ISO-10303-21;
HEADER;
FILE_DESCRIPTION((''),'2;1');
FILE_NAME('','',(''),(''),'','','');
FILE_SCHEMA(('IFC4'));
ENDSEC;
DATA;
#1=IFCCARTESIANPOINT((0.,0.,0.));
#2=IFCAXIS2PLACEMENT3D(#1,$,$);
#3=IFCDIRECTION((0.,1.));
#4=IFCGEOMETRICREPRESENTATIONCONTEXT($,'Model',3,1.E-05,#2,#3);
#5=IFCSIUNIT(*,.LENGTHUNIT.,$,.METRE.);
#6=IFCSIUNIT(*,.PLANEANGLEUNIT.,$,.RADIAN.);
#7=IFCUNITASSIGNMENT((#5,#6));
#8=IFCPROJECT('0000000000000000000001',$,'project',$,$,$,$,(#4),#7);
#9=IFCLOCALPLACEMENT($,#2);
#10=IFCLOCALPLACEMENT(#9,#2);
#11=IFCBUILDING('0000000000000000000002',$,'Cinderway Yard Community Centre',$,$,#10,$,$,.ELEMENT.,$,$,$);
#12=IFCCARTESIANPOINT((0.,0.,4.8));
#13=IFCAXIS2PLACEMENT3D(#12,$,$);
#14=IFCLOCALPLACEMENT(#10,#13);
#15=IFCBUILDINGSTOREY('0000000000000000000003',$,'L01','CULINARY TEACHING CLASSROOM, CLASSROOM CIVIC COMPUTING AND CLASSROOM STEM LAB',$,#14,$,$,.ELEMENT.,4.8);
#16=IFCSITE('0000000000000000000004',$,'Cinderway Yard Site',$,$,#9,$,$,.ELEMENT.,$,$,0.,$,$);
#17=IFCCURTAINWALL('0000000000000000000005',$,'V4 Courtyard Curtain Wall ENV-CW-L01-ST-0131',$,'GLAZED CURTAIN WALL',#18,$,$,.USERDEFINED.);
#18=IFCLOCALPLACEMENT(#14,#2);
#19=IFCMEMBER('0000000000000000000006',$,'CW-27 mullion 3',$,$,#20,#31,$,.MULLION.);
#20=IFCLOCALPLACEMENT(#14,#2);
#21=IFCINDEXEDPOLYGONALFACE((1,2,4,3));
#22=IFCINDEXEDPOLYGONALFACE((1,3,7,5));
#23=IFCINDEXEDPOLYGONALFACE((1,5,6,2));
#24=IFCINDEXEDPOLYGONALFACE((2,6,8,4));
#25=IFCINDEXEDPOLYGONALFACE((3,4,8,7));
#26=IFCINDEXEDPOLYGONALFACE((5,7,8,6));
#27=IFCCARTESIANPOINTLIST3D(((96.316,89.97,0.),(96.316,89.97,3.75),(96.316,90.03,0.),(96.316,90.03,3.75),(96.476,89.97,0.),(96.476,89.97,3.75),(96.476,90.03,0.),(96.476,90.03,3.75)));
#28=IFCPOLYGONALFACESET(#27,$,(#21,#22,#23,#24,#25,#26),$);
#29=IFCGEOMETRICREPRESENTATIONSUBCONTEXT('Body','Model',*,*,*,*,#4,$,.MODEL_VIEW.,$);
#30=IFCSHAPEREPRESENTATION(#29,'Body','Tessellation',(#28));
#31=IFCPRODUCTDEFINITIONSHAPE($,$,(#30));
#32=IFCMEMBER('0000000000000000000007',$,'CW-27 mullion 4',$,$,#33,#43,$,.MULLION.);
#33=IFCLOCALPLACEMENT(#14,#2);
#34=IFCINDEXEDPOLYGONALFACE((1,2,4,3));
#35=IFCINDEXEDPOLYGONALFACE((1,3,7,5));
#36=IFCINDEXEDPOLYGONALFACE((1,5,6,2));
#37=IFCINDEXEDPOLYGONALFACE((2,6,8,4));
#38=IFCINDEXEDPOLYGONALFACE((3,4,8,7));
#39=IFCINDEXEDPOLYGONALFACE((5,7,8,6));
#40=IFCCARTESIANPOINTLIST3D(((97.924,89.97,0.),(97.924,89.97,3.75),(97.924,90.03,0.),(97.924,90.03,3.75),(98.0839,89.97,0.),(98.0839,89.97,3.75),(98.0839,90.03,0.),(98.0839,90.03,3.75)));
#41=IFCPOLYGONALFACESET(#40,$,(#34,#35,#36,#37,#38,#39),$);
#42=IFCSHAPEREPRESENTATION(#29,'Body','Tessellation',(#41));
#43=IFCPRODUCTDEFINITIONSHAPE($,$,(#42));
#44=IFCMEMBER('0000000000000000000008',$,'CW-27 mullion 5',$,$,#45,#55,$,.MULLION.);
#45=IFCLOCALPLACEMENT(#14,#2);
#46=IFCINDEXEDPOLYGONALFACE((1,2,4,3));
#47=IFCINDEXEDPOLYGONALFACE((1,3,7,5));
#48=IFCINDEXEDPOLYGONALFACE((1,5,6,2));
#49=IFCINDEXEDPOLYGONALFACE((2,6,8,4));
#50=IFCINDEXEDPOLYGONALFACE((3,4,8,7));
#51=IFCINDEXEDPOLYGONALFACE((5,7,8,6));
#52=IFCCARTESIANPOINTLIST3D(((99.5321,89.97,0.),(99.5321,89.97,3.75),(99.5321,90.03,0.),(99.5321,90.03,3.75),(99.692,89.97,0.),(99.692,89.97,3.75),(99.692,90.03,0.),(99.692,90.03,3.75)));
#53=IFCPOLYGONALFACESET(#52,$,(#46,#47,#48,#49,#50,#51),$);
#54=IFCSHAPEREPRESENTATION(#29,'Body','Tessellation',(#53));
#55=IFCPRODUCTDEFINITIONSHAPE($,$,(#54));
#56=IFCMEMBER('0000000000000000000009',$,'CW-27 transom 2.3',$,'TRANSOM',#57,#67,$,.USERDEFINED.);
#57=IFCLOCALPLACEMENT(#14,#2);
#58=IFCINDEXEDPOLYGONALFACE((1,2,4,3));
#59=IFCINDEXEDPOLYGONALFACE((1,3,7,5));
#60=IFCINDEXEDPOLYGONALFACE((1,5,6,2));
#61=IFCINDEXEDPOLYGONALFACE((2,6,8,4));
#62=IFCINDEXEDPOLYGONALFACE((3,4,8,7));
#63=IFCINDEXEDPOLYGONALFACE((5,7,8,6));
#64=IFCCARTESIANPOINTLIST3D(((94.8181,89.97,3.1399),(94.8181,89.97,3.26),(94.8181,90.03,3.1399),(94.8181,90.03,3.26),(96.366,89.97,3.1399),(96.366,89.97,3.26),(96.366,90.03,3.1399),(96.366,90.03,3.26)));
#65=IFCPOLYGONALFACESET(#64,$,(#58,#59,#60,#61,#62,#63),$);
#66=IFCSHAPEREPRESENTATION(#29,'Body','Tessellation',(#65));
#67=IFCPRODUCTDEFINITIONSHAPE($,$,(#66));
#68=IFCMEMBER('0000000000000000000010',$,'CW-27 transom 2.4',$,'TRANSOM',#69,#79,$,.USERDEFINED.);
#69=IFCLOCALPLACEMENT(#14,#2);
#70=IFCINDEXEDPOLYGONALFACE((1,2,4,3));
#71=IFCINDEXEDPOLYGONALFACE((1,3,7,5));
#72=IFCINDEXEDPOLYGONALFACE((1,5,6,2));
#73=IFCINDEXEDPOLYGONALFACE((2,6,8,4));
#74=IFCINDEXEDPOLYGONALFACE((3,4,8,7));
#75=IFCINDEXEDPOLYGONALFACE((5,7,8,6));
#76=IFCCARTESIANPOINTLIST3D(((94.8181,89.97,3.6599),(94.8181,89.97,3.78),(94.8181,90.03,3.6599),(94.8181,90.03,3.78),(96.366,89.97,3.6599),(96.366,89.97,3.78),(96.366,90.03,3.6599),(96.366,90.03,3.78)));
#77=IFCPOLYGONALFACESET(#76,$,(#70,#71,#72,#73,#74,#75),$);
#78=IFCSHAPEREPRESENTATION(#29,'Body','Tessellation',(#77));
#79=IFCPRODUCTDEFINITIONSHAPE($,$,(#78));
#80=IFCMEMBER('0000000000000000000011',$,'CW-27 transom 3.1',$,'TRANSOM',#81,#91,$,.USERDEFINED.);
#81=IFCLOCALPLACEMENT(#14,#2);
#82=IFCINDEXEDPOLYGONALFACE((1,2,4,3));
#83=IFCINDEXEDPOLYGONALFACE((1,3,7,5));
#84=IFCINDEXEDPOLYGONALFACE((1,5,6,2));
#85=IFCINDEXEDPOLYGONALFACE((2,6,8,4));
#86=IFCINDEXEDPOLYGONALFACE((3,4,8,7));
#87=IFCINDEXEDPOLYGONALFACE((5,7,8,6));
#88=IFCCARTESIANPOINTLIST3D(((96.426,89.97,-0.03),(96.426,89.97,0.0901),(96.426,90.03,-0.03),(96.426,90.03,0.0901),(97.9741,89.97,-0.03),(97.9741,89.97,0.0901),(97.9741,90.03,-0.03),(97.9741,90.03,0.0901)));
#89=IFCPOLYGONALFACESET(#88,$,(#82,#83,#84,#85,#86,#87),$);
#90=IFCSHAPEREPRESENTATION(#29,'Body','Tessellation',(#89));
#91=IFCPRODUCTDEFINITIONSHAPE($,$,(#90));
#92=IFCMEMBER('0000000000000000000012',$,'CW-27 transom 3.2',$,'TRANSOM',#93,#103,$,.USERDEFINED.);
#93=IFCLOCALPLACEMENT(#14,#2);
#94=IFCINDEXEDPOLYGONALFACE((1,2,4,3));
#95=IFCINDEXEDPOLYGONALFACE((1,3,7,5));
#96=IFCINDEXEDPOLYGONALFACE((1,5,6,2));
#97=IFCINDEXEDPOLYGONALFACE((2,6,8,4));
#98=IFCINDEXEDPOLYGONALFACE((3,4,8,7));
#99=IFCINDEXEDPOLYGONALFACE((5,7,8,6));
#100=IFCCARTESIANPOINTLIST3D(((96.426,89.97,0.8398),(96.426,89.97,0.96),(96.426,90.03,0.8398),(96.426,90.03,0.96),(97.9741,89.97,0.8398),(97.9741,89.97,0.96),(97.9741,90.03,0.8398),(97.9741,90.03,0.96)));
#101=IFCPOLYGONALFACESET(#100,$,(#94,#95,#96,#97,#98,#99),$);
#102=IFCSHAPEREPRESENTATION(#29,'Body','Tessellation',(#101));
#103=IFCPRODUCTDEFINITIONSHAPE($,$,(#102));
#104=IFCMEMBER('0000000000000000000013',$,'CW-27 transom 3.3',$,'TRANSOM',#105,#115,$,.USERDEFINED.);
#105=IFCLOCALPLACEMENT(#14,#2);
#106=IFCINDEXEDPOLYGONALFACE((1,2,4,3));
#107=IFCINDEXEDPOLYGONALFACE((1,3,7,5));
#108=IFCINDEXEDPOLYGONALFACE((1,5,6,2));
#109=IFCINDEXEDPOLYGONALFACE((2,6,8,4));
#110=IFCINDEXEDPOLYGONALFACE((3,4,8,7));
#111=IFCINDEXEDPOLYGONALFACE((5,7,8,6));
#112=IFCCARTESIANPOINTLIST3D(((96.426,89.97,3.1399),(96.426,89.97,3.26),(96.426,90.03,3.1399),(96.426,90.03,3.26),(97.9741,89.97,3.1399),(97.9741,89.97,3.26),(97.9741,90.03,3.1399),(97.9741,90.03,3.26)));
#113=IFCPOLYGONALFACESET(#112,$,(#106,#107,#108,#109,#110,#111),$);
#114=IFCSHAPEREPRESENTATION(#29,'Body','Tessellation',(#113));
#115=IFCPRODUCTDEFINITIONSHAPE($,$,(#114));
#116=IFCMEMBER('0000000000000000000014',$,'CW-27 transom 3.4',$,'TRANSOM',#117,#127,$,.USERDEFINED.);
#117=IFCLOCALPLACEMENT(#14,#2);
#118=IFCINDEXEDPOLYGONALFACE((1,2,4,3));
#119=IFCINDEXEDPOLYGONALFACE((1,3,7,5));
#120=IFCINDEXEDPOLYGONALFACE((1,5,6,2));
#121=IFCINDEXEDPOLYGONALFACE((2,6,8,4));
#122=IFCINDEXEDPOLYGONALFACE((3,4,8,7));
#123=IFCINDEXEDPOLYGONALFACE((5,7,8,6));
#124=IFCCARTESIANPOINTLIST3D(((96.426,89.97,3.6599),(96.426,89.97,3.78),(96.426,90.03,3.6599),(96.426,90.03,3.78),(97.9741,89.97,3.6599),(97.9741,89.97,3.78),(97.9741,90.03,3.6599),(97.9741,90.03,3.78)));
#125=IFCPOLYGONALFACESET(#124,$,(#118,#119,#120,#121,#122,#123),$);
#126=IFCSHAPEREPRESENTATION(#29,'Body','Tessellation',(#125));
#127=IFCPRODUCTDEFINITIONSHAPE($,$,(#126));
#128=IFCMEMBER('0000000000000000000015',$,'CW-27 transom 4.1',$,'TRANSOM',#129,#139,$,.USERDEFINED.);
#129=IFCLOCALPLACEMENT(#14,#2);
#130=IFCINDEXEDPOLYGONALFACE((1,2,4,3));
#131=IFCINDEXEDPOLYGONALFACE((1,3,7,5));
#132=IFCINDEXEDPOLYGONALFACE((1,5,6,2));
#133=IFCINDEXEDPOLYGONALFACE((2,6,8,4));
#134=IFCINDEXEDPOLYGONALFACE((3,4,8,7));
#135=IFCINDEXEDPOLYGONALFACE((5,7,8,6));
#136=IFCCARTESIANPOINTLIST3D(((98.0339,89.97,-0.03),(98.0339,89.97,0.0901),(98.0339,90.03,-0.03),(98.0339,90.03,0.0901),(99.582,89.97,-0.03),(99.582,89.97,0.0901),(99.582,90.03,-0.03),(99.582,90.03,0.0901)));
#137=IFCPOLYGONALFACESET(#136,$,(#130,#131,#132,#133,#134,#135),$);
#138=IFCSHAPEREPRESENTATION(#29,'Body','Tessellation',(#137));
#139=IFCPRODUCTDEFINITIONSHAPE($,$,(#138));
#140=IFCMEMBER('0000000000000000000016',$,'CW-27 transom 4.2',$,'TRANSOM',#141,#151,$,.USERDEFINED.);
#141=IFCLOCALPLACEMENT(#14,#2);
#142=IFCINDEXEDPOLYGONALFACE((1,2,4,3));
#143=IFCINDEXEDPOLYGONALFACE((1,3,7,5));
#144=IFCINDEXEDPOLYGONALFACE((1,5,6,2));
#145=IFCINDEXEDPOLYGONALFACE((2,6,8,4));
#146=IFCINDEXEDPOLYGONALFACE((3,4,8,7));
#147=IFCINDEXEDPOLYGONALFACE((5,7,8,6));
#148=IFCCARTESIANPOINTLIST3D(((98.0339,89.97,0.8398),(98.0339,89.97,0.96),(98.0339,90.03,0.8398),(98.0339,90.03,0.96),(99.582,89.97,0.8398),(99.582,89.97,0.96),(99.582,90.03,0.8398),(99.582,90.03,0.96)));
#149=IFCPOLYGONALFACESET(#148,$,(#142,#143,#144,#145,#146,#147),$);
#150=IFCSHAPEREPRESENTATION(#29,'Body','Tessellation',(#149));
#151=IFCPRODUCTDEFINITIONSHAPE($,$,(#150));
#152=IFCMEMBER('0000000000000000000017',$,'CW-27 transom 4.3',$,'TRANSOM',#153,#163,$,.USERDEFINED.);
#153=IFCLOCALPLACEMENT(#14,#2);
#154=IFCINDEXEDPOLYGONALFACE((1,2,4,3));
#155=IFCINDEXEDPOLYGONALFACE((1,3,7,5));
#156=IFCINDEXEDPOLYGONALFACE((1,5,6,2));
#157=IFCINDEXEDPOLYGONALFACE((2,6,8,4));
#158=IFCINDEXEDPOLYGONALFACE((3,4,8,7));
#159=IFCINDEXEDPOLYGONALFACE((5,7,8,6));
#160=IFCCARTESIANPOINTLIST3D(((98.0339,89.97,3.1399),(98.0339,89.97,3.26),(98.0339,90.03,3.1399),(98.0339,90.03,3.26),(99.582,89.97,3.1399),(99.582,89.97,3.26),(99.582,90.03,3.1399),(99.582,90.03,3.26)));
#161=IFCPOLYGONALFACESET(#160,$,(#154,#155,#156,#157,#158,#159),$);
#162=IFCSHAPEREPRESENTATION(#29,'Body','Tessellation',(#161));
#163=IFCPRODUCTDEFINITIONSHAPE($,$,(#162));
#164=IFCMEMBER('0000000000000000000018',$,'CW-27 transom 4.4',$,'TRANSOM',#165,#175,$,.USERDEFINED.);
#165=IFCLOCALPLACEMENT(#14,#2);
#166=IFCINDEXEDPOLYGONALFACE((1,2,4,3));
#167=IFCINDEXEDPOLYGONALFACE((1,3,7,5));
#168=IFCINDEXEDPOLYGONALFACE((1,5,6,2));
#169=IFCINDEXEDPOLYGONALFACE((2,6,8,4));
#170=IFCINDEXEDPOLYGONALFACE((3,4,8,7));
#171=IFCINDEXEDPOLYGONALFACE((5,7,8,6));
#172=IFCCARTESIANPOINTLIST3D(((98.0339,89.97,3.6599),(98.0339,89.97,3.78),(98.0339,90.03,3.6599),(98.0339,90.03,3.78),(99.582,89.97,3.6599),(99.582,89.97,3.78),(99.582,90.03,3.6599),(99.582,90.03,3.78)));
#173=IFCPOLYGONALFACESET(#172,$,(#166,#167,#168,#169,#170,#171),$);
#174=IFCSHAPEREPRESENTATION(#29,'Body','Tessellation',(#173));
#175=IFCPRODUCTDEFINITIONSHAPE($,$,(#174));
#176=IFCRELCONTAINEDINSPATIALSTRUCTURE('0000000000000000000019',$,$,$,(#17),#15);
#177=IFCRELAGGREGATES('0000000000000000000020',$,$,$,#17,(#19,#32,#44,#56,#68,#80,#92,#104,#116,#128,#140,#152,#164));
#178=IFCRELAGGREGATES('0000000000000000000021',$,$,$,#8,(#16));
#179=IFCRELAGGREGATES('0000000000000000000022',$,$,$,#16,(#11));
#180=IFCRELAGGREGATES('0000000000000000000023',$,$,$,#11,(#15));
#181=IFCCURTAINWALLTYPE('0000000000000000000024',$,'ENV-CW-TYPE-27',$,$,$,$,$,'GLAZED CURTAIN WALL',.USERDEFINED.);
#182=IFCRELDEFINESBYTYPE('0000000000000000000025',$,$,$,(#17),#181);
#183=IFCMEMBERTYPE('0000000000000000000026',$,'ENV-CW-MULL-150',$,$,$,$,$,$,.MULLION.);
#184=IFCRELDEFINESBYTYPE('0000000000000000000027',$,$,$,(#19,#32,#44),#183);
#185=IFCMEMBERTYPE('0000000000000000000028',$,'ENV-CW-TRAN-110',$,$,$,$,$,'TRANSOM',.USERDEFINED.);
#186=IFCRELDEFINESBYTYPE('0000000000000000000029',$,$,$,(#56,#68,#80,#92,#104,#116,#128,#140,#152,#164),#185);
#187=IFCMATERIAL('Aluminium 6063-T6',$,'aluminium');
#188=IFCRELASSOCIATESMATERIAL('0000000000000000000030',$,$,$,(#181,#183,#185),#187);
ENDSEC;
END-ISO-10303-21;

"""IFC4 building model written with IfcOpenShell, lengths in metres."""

from ifc_helpers import new_model, si_unit, direction, frame, origin, origin_2d, place, context, subcontext, project, spatial, rectangle, extrude, material, material_profile, profile_set, type_object, element, aggregate, save


model = new_model("IFC4")

# Units and contexts
model_context = context("Model", 3, precision=1e-05, world=origin(), true_north=direction((0.0, 1.0)))
body_context = subcontext(model_context, "Body", "Model", "MODEL_VIEW")
ifc_project = project(units=[si_unit("LENGTHUNIT", "METRE"), si_unit("PLANEANGLEUNIT", "RADIAN")], contexts=[model_context])

# Site, building, storey
site_placement = place(None, origin())
site = spatial("IfcSite", under=ifc_project, at=site_placement, Name="Cinderway Yard Site", CompositionType="ELEMENT", RefElevation=0.0)
building_placement = place(site_placement, origin())
building = spatial("IfcBuilding", under=site, at=building_placement, Name="Cinderway Yard Community Centre", CompositionType="ELEMENT")
storey_placement = place(building_placement, frame((0.0, 0.0, 4.8)))
storey = spatial("IfcBuildingStorey", under=building, at=storey_placement, Name="L01", Description="CULINARY TEACHING CLASSROOM, CLASSROOM CIVIC COMPUTING AND CLASSROOM STEM LAB", CompositionType="ELEMENT", Elevation=4.8)

# Curtain wall, members
ifc_material_1 = material(Name="Aluminium 6063-T6", Category="aluminium")
curtain_wall_type = type_object("IfcCurtainWallType", Name="ENV-CW-TYPE-27", ElementType="GLAZED CURTAIN WALL", PredefinedType="USERDEFINED", material=ifc_material_1)
curtain_wall_placement = place(storey_placement, origin())
curtain_wall = element("IfcCurtainWall", 1, at=curtain_wall_placement, inside=storey, type_object=curtain_wall_type, Name="V4 Courtyard Curtain Wall ENV-CW-L01-ST-0131", ObjectType="GLAZED CURTAIN WALL", PredefinedType="USERDEFINED")
ifc_material_profile_1 = material_profile(ifc_material_1, rectangle(XDim=0.0601, YDim=0.1599, at=origin_2d()), Name="Aluminium 6063-T6")
ifc_profile_set_1 = profile_set([ifc_material_profile_1], Name="Aluminium 6063-T6")
member_type_1 = type_object("IfcMemberType", Name="ENV-CW-MULL-150", PredefinedType="MULLION", material=ifc_profile_set_1)
member_1_placement = place(storey_placement, frame((96.396, 90.0, 0.0), z_axis=(0.0, 0.0, 1.0), x_axis=(0.0, 1.0, 0.0)))
member_1 = element("IfcMember", 2, at=member_1_placement, type_object=member_type_1, Name="CW-27 mullion 3", PredefinedType="MULLION", context=body_context, shape_type="SweptSolid", body=[
    extrude(rectangle(XDim=0.0601, YDim=0.1599, at=origin_2d()), origin(), (0.0, 0.0, 1.0), 3.75),
])
member_2_placement = place(storey_placement, frame((98.0039, 90.0, 0.0), z_axis=(0.0, 0.0, 1.0), x_axis=(0.0, 1.0, 0.0)))
member_2 = element("IfcMember", 3, at=member_2_placement, type_object=member_type_1, Name="CW-27 mullion 4", PredefinedType="MULLION", context=body_context, shape_type="SweptSolid", body=[
    extrude(rectangle(XDim=0.0601, YDim=0.1599, at=origin_2d()), origin(), (0.0, 0.0, 1.0), 3.75),
])
member_3_placement = place(storey_placement, frame((99.6121, 90.0, 0.0), z_axis=(0.0, 0.0, 1.0), x_axis=(0.0, 1.0, 0.0)))
member_3 = element("IfcMember", 4, at=member_3_placement, type_object=member_type_1, Name="CW-27 mullion 5", PredefinedType="MULLION", context=body_context, shape_type="SweptSolid", body=[
    extrude(rectangle(XDim=0.0601, YDim=0.1599, at=origin_2d()), origin(), (0.0, 0.0, 1.0), 3.75),
])
ifc_material_profile_2 = material_profile(ifc_material_1, rectangle(XDim=0.0601, YDim=0.1201, at=origin_2d()), Name="Aluminium 6063-T6")
ifc_profile_set_2 = profile_set([ifc_material_profile_2], Name="Aluminium 6063-T6")
member_type_2 = type_object("IfcMemberType", Name="ENV-CW-TRAN-110", ElementType="TRANSOM", PredefinedType="USERDEFINED", material=ifc_profile_set_2)
member_4_placement = place(storey_placement, frame((94.8181, 90.0, 3.2), z_axis=(1.0, 0.0, 0.0), x_axis=(0.0, 1.0, 0.0)))
member_4 = element("IfcMember", 5, at=member_4_placement, type_object=member_type_2, Name="CW-27 transom 2.3", ObjectType="TRANSOM", PredefinedType="USERDEFINED", context=body_context, shape_type="SweptSolid", body=[
    extrude(rectangle(XDim=0.0601, YDim=0.1201, at=origin_2d()), origin(), (0.0, 0.0, 1.0), 1.5479),
])
member_5_placement = place(storey_placement, frame((94.8181, 90.0, 3.72), z_axis=(1.0, 0.0, 0.0), x_axis=(0.0, 1.0, 0.0)))
member_5 = element("IfcMember", 6, at=member_5_placement, type_object=member_type_2, Name="CW-27 transom 2.4", ObjectType="TRANSOM", PredefinedType="USERDEFINED", context=body_context, shape_type="SweptSolid", body=[
    extrude(rectangle(XDim=0.0601, YDim=0.1201, at=origin_2d()), origin(), (0.0, 0.0, 1.0), 1.5479),
])
member_6_placement = place(storey_placement, frame((96.426, 90.0, 0.03), z_axis=(1.0, 0.0, 0.0), x_axis=(0.0, 1.0, 0.0)))
member_6 = element("IfcMember", 7, at=member_6_placement, type_object=member_type_2, Name="CW-27 transom 3.1", ObjectType="TRANSOM", PredefinedType="USERDEFINED", context=body_context, shape_type="SweptSolid", body=[
    extrude(rectangle(XDim=0.0601, YDim=0.1201, at=origin_2d()), origin(), (0.0, 0.0, 1.0), 1.5481),
])
member_7_placement = place(storey_placement, frame((96.426, 90.0, 0.8999), z_axis=(1.0, 0.0, 0.0), x_axis=(0.0, 1.0, 0.0)))
member_7 = element("IfcMember", 8, at=member_7_placement, type_object=member_type_2, Name="CW-27 transom 3.2", ObjectType="TRANSOM", PredefinedType="USERDEFINED", context=body_context, shape_type="SweptSolid", body=[
    extrude(rectangle(XDim=0.0601, YDim=0.1201, at=origin_2d()), origin(), (0.0, 0.0, 1.0), 1.5481),
])
member_8_placement = place(storey_placement, frame((96.426, 90.0, 3.2), z_axis=(1.0, 0.0, 0.0), x_axis=(0.0, 1.0, 0.0)))
member_8 = element("IfcMember", 9, at=member_8_placement, type_object=member_type_2, Name="CW-27 transom 3.3", ObjectType="TRANSOM", PredefinedType="USERDEFINED", context=body_context, shape_type="SweptSolid", body=[
    extrude(rectangle(XDim=0.0601, YDim=0.1201, at=origin_2d()), origin(), (0.0, 0.0, 1.0), 1.5481),
])
member_9_placement = place(storey_placement, frame((96.426, 90.0, 3.72), z_axis=(1.0, 0.0, 0.0), x_axis=(0.0, 1.0, 0.0)))
member_9 = element("IfcMember", 10, at=member_9_placement, type_object=member_type_2, Name="CW-27 transom 3.4", ObjectType="TRANSOM", PredefinedType="USERDEFINED", context=body_context, shape_type="SweptSolid", body=[
    extrude(rectangle(XDim=0.0601, YDim=0.1201, at=origin_2d()), origin(), (0.0, 0.0, 1.0), 1.5481),
])
member_10_placement = place(storey_placement, frame((98.0339, 90.0, 0.03), z_axis=(1.0, 0.0, 0.0), x_axis=(0.0, 1.0, 0.0)))
member_10 = element("IfcMember", 11, at=member_10_placement, type_object=member_type_2, Name="CW-27 transom 4.1", ObjectType="TRANSOM", PredefinedType="USERDEFINED", context=body_context, shape_type="SweptSolid", body=[
    extrude(rectangle(XDim=0.0601, YDim=0.1201, at=origin_2d()), origin(), (0.0, 0.0, 1.0), 1.5481),
])
member_11_placement = place(storey_placement, frame((98.0339, 90.0, 0.8999), z_axis=(1.0, 0.0, 0.0), x_axis=(0.0, 1.0, 0.0)))
member_11 = element("IfcMember", 12, at=member_11_placement, type_object=member_type_2, Name="CW-27 transom 4.2", ObjectType="TRANSOM", PredefinedType="USERDEFINED", context=body_context, shape_type="SweptSolid", body=[
    extrude(rectangle(XDim=0.0601, YDim=0.1201, at=origin_2d()), origin(), (0.0, 0.0, 1.0), 1.5481),
])
member_12_placement = place(storey_placement, frame((98.0339, 90.0, 3.2), z_axis=(1.0, 0.0, 0.0), x_axis=(0.0, 1.0, 0.0)))
member_12 = element("IfcMember", 13, at=member_12_placement, type_object=member_type_2, Name="CW-27 transom 4.3", ObjectType="TRANSOM", PredefinedType="USERDEFINED", context=body_context, shape_type="SweptSolid", body=[
    extrude(rectangle(XDim=0.0601, YDim=0.1201, at=origin_2d()), origin(), (0.0, 0.0, 1.0), 1.5481),
])
member_13_placement = place(storey_placement, frame((98.0339, 90.0, 3.72), z_axis=(1.0, 0.0, 0.0), x_axis=(0.0, 1.0, 0.0)))
member_13 = element("IfcMember", 14, at=member_13_placement, type_object=member_type_2, Name="CW-27 transom 4.4", ObjectType="TRANSOM", PredefinedType="USERDEFINED", context=body_context, shape_type="SweptSolid", body=[
    extrude(rectangle(XDim=0.0601, YDim=0.1201, at=origin_2d()), origin(), (0.0, 0.0, 1.0), 1.5481),
])

aggregate(curtain_wall, [member_1, member_2, member_3, member_4, member_5, member_6, member_7, member_8, member_9, member_10, member_11, member_12, member_13])

save(model, "model.ifc")
